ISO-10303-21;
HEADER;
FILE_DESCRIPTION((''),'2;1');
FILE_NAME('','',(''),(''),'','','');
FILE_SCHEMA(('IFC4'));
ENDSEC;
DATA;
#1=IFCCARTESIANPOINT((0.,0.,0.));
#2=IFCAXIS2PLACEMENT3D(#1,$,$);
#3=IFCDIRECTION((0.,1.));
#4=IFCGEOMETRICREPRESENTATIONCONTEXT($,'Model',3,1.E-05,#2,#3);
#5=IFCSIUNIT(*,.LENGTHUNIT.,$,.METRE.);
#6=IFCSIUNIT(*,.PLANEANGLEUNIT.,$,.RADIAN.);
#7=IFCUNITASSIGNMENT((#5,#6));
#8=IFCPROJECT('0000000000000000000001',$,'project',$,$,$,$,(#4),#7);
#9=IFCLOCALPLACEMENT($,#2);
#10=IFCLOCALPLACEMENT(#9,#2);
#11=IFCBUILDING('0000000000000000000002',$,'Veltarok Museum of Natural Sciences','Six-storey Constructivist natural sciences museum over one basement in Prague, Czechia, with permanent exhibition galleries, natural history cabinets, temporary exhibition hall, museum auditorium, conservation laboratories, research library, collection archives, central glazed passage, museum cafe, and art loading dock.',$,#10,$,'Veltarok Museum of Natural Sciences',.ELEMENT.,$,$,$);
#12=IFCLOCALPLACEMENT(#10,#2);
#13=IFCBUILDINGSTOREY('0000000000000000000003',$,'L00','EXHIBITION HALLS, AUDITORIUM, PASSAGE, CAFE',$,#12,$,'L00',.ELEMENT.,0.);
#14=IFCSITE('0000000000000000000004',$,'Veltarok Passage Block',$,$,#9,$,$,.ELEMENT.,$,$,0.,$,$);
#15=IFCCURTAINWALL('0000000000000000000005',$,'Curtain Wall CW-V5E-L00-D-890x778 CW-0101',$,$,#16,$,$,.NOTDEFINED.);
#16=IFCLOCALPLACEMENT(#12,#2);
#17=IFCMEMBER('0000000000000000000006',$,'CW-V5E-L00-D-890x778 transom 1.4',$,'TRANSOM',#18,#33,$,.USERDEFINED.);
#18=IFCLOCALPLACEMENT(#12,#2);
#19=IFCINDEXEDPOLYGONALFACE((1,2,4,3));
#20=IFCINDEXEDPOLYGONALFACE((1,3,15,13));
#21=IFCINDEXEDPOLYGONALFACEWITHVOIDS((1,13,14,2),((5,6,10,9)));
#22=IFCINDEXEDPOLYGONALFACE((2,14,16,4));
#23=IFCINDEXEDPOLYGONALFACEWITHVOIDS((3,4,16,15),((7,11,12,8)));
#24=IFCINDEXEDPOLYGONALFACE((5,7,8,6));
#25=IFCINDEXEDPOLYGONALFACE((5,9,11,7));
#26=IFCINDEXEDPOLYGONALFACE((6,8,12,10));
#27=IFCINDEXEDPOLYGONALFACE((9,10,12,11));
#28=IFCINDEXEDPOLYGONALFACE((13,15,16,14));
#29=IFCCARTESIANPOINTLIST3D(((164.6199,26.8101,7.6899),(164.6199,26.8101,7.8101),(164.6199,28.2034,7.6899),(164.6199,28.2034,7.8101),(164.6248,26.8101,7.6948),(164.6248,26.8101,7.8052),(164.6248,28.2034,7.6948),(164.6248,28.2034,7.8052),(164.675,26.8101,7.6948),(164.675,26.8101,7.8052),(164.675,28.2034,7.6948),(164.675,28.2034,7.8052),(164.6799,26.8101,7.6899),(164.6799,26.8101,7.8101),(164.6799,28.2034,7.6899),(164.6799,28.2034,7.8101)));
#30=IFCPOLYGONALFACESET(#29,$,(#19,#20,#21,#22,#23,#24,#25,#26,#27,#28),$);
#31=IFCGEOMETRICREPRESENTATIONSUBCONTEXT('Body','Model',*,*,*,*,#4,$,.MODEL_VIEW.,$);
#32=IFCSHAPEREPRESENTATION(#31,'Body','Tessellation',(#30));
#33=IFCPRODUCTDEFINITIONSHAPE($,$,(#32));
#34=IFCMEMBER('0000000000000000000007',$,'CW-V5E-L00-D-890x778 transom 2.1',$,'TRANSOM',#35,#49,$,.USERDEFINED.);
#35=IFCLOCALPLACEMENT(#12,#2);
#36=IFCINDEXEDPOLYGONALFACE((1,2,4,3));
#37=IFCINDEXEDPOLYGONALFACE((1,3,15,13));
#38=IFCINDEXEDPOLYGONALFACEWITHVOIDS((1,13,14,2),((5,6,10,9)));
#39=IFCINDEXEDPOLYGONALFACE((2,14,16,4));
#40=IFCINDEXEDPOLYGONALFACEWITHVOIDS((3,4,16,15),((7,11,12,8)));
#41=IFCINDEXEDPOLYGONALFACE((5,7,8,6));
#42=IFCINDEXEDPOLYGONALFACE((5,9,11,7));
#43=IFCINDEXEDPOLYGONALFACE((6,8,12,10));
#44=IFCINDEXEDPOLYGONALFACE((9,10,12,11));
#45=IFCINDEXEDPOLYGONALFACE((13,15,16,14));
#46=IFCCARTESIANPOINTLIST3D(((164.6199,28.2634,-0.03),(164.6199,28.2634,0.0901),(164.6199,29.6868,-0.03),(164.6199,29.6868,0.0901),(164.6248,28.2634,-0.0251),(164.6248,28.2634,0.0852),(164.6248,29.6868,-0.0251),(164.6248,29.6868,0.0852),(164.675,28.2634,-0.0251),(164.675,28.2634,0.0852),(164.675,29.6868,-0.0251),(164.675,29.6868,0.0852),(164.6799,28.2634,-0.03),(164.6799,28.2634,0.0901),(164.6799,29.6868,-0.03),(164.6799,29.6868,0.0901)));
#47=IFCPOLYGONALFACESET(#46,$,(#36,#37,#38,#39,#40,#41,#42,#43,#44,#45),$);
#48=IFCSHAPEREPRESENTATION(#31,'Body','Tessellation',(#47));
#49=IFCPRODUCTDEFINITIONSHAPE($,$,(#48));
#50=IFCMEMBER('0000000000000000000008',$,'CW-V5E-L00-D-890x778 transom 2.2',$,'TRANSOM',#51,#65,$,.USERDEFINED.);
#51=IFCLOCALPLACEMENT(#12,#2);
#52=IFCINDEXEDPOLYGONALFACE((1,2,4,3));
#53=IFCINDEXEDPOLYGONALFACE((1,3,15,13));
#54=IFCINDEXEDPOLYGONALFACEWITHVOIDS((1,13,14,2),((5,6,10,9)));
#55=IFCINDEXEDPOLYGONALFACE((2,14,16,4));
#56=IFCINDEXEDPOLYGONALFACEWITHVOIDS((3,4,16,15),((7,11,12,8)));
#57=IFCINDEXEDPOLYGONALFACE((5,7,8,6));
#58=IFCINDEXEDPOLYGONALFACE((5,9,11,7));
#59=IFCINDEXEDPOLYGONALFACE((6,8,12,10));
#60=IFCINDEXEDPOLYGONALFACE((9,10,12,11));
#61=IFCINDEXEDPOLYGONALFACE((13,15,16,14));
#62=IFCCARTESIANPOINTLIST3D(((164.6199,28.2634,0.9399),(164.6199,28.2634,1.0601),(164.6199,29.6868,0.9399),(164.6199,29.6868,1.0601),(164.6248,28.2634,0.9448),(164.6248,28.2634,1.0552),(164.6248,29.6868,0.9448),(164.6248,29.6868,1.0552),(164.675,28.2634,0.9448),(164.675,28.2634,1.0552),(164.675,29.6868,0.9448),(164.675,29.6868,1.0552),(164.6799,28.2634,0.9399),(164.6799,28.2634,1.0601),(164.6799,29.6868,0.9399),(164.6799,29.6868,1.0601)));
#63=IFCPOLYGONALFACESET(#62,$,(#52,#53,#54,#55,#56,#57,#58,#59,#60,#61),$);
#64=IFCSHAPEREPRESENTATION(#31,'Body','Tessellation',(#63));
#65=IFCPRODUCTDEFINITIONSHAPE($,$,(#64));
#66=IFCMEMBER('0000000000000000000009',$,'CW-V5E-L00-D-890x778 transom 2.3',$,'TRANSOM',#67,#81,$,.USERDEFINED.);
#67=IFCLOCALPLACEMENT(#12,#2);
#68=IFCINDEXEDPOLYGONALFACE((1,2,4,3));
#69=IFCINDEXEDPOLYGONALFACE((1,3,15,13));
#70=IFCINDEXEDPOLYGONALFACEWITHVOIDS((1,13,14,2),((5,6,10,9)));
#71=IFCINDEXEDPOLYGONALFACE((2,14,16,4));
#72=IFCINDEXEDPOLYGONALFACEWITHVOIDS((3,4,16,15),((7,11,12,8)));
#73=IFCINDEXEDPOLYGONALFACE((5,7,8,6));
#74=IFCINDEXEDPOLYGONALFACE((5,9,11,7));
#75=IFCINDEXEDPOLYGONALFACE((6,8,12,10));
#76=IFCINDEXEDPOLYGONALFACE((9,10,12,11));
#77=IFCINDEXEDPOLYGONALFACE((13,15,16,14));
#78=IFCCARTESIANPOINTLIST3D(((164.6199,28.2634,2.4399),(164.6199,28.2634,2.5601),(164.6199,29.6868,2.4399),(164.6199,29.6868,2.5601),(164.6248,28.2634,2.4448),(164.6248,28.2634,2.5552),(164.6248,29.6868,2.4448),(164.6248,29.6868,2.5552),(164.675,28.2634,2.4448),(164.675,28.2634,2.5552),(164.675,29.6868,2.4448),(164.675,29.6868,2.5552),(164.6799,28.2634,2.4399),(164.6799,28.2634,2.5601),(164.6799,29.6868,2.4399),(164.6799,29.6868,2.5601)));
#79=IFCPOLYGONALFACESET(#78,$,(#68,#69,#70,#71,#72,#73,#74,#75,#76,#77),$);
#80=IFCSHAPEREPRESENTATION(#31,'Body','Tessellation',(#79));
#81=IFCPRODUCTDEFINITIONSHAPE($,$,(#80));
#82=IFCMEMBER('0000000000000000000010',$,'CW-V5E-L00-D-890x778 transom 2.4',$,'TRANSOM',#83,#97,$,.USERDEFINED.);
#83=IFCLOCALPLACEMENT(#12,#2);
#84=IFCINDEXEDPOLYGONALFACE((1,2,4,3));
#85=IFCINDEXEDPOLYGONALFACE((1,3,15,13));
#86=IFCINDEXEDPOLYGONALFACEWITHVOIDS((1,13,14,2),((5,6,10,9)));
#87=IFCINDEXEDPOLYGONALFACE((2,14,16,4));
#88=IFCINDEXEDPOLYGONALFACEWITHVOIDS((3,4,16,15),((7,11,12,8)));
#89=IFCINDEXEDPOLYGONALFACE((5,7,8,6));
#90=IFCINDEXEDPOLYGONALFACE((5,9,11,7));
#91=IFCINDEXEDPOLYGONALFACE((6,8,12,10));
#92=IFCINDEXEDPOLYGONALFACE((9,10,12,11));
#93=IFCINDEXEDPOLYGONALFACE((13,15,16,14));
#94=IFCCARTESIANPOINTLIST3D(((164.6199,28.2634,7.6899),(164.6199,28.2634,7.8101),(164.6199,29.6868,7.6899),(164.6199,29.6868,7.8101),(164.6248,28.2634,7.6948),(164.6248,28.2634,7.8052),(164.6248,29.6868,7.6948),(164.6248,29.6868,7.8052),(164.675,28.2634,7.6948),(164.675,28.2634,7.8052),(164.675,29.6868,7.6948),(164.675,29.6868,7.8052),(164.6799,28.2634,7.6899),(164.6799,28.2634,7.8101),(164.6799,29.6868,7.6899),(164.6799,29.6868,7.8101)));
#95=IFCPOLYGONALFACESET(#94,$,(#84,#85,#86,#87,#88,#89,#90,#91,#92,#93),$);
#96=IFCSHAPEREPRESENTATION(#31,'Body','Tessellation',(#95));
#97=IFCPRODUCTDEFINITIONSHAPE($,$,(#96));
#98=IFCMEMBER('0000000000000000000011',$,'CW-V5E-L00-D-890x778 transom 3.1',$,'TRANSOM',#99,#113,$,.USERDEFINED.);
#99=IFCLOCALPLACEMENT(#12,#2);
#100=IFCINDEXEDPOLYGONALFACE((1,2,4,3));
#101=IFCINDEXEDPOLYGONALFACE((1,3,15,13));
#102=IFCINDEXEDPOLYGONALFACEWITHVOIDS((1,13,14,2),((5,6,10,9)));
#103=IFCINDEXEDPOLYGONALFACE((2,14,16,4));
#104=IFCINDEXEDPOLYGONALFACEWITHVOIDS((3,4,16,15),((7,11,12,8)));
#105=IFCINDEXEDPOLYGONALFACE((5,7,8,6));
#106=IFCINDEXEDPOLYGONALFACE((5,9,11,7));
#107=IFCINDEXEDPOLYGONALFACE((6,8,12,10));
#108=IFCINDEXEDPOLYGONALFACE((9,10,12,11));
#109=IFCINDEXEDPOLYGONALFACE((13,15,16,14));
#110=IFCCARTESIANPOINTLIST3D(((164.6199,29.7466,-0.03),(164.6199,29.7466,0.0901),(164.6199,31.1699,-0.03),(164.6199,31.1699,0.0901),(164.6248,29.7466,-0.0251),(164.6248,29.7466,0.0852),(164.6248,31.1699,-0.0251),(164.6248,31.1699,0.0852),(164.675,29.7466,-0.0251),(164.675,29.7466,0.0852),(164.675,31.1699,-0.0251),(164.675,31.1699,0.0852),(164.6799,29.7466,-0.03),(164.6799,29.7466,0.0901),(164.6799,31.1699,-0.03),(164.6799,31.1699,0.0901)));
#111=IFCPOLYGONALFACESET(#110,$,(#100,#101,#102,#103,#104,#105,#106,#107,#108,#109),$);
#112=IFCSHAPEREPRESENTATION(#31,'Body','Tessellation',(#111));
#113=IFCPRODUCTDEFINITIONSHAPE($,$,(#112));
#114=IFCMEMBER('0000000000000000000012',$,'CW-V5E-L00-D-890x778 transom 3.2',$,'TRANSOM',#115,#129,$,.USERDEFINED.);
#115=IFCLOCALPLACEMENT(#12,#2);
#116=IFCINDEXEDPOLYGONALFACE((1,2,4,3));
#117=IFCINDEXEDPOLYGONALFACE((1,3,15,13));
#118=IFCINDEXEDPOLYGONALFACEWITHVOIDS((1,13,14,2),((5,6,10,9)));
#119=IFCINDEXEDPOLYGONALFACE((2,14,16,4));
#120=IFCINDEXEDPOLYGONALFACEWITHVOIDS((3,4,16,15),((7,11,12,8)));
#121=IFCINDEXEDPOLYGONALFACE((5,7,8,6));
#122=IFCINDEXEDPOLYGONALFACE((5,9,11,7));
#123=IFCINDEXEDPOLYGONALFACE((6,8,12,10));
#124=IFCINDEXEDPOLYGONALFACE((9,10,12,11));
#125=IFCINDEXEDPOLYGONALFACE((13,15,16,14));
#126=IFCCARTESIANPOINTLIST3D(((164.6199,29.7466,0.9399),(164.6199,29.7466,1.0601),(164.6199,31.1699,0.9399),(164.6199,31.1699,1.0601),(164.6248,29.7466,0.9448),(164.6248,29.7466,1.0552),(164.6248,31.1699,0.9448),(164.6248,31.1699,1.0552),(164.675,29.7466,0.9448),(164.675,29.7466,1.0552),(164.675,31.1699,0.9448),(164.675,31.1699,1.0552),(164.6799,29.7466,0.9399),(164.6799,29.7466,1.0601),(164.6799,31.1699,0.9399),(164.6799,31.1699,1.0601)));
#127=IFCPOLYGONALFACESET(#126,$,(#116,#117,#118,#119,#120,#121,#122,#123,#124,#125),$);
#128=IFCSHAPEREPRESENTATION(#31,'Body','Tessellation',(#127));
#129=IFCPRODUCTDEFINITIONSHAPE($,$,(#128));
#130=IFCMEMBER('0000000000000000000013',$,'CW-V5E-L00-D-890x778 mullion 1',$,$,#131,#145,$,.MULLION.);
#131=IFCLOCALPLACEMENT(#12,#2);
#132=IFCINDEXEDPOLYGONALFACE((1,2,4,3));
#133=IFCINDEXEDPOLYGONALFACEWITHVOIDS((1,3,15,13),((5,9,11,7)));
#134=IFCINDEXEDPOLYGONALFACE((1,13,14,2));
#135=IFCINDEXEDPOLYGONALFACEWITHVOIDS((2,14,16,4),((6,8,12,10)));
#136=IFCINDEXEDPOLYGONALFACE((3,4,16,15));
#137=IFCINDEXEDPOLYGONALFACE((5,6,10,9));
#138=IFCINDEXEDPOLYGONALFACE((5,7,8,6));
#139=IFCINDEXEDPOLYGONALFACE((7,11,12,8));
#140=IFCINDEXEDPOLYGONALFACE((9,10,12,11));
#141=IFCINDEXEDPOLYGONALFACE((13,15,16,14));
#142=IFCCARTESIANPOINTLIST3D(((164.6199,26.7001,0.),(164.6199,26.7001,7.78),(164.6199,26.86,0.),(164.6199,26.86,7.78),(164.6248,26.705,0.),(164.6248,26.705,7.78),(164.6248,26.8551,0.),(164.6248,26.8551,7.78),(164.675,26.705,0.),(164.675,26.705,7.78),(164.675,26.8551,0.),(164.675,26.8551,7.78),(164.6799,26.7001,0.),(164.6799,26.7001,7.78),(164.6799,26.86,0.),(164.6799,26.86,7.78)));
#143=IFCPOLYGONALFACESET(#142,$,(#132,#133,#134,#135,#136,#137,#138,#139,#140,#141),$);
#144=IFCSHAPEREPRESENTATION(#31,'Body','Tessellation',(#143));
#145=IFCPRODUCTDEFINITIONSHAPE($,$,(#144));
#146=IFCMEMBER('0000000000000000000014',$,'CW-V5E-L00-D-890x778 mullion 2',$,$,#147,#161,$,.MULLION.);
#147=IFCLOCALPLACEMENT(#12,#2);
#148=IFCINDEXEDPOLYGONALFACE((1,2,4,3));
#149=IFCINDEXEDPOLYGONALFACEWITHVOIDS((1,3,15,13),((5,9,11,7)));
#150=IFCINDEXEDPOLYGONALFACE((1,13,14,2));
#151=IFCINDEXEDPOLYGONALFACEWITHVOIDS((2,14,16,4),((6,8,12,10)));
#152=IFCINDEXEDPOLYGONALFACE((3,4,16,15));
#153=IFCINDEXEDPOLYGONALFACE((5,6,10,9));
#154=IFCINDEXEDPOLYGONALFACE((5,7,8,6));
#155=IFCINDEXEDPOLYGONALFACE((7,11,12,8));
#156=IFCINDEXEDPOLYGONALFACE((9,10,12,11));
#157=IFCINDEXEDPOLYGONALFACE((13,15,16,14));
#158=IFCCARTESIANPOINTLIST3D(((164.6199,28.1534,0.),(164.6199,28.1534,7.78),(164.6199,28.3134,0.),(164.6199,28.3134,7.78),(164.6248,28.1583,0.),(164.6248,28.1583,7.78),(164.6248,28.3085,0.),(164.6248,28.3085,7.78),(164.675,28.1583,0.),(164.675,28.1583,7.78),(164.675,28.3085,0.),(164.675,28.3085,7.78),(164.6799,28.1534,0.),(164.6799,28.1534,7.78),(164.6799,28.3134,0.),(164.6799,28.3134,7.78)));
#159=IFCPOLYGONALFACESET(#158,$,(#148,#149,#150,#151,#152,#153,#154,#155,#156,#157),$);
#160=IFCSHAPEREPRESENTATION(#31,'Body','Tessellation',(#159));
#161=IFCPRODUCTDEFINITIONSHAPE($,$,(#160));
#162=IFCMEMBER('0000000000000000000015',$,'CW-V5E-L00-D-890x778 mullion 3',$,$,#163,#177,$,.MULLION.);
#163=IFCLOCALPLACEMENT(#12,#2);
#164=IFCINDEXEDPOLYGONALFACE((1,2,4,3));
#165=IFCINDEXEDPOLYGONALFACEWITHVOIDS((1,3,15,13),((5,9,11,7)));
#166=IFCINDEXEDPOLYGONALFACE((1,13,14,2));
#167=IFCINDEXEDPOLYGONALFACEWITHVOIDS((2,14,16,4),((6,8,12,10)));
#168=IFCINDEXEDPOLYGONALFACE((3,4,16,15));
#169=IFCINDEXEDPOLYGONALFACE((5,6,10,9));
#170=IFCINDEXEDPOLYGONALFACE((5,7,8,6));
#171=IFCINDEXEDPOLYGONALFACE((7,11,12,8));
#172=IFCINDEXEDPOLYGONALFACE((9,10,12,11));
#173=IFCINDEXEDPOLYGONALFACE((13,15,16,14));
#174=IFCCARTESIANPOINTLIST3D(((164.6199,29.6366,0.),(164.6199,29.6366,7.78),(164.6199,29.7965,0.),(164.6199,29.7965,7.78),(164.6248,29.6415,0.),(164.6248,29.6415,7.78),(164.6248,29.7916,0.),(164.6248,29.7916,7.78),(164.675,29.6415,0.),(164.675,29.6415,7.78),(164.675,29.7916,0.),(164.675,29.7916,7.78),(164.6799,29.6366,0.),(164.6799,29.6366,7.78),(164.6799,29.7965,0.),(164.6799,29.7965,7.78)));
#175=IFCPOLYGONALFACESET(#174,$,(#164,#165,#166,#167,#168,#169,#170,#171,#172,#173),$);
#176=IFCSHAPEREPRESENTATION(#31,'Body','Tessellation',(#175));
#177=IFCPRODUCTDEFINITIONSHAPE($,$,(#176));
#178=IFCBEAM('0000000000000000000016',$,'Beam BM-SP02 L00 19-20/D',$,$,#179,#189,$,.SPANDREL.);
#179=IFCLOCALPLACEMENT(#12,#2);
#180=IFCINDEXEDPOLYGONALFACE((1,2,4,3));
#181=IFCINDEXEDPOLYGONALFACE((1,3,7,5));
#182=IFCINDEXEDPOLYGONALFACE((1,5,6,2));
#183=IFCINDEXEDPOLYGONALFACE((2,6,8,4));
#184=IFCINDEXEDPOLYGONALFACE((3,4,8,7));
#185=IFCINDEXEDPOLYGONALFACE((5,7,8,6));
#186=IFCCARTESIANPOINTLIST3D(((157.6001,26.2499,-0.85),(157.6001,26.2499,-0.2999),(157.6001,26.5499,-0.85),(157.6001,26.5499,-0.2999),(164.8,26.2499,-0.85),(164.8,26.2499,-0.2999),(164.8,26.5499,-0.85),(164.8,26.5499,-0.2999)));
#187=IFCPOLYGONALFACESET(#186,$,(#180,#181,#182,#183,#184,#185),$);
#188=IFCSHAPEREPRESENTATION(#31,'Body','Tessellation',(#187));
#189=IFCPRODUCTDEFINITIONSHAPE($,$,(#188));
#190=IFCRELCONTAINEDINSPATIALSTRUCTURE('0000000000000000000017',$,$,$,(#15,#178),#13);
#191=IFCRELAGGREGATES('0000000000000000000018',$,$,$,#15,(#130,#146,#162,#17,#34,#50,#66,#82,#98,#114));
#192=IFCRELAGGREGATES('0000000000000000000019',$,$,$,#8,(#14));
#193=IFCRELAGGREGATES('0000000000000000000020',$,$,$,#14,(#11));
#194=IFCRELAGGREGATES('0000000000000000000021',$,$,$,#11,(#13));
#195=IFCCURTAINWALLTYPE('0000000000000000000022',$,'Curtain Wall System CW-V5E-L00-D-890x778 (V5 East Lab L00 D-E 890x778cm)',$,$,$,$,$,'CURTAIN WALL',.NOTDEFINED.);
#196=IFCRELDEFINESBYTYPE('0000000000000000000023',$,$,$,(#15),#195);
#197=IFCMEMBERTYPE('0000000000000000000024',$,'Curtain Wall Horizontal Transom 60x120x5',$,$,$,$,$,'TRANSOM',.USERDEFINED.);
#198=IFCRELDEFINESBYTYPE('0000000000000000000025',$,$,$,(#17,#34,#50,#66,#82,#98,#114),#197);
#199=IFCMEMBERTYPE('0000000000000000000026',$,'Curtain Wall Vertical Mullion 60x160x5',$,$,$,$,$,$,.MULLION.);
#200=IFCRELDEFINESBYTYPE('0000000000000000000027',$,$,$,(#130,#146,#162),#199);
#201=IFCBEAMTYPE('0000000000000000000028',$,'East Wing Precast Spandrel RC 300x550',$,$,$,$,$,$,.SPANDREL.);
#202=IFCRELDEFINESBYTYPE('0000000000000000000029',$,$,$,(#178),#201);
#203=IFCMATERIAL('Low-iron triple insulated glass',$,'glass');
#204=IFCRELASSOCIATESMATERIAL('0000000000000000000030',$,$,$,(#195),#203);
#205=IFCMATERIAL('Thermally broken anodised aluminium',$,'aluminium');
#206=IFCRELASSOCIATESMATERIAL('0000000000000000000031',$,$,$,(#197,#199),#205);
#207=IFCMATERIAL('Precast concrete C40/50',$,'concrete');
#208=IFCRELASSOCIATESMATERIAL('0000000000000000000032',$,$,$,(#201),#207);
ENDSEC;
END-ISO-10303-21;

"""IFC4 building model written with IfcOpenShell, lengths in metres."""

from ifc_helpers import new_model, si_unit, direction, frame, origin, origin_2d, place, context, subcontext, project, spatial, rectangle, hollow_rectangle, extrude, material, material_profile, profile_set, type_object, element, aggregate, save


model = new_model("IFC4")

# Units and contexts
model_context = context("Model", 3, precision=1e-05, world=origin(), true_north=direction((0.0, 1.0)))
body_context = subcontext(model_context, "Body", "Model", "MODEL_VIEW")
ifc_project = project(units=[si_unit("LENGTHUNIT", "METRE"), si_unit("PLANEANGLEUNIT", "RADIAN")], contexts=[model_context])

# Site, building, storey
site_placement = place(None, origin())
site = spatial("IfcSite", under=ifc_project, at=site_placement, Name="Veltarok Passage Block", CompositionType="ELEMENT", RefElevation=0.0)
building_placement = place(site_placement, origin())
building = spatial("IfcBuilding", under=site, at=building_placement, Name="Veltarok Museum of Natural Sciences", Description="Six-storey Constructivist natural sciences museum over one basement in Prague, Czechia, with permanent exhibition galleries, natural history cabinets, temporary exhibition hall, museum auditorium, conservation laboratories, research library, collection archives, central glazed passage, museum cafe, and art loading dock.", LongName="Veltarok Museum of Natural Sciences", CompositionType="ELEMENT")
storey_placement = place(building_placement, origin())
storey = spatial("IfcBuildingStorey", under=building, at=storey_placement, Name="L00", Description="EXHIBITION HALLS, AUDITORIUM, PASSAGE, CAFE", LongName="L00", CompositionType="ELEMENT", Elevation=0.0)

# Curtain wall, members
ifc_material_1 = material(Name="Low-iron triple insulated glass", Category="glass")
curtain_wall_type = type_object("IfcCurtainWallType", Name="Curtain Wall System CW-V5E-L00-D-890x778 (V5 East Lab L00 D-E 890x778cm)", ElementType="CURTAIN WALL", PredefinedType="NOTDEFINED", material=ifc_material_1)
curtain_wall_placement = place(storey_placement, origin())
curtain_wall = element("IfcCurtainWall", 1, at=curtain_wall_placement, inside=storey, type_object=curtain_wall_type, Name="Curtain Wall CW-V5E-L00-D-890x778 CW-0101", PredefinedType="NOTDEFINED")
ifc_material_2 = material(Name="Thermally broken anodised aluminium", Category="aluminium")
ifc_material_profile_1 = material_profile(ifc_material_2, hollow_rectangle(XDim=0.0601, YDim=0.1201, WallThickness=0.0049, at=origin_2d()), Name="CW TRANSOM 60x120x5")
ifc_profile_set_1 = profile_set([ifc_material_profile_1], Name="Thermally broken anodised aluminium")
member_type_1 = type_object("IfcMemberType", Name="Curtain Wall Horizontal Transom 60x120x5", ElementType="TRANSOM", PredefinedType="USERDEFINED", material=ifc_profile_set_1)
member_1_placement = place(storey_placement, frame((164.6499, 26.8101, 7.75), z_axis=(0.0, 1.0, 0.0), x_axis=(-1.0, 0.0, 0.0)))
member_1 = element("IfcMember", 2, at=member_1_placement, type_object=member_type_1, Name="CW-V5E-L00-D-890x778 transom 1.4", ObjectType="TRANSOM", PredefinedType="USERDEFINED", context=body_context, shape_type="SweptSolid", body=[
    extrude(hollow_rectangle(XDim=0.0601, YDim=0.1201, WallThickness=0.0049, at=origin_2d()), origin(), (0.0, 0.0, 1.0), 1.3933),
])
member_2_placement = place(storey_placement, frame((164.6499, 28.2634, 0.03), z_axis=(0.0, 1.0, 0.0), x_axis=(-1.0, 0.0, 0.0)))
member_2 = element("IfcMember", 3, at=member_2_placement, type_object=member_type_1, Name="CW-V5E-L00-D-890x778 transom 2.1", ObjectType="TRANSOM", PredefinedType="USERDEFINED", context=body_context, shape_type="SweptSolid", body=[
    extrude(hollow_rectangle(XDim=0.0601, YDim=0.1201, WallThickness=0.0049, at=origin_2d()), origin(), (0.0, 0.0, 1.0), 1.4233),
])
member_3_placement = place(storey_placement, frame((164.6499, 28.2634, 1.0), z_axis=(0.0, 1.0, 0.0), x_axis=(-1.0, 0.0, 0.0)))
member_3 = element("IfcMember", 4, at=member_3_placement, type_object=member_type_1, Name="CW-V5E-L00-D-890x778 transom 2.2", ObjectType="TRANSOM", PredefinedType="USERDEFINED", context=body_context, shape_type="SweptSolid", body=[
    extrude(hollow_rectangle(XDim=0.0601, YDim=0.1201, WallThickness=0.0049, at=origin_2d()), origin(), (0.0, 0.0, 1.0), 1.4233),
])
member_4_placement = place(storey_placement, frame((164.6499, 28.2634, 2.5), z_axis=(0.0, 1.0, 0.0), x_axis=(-1.0, 0.0, 0.0)))
member_4 = element("IfcMember", 5, at=member_4_placement, type_object=member_type_1, Name="CW-V5E-L00-D-890x778 transom 2.3", ObjectType="TRANSOM", PredefinedType="USERDEFINED", context=body_context, shape_type="SweptSolid", body=[
    extrude(hollow_rectangle(XDim=0.0601, YDim=0.1201, WallThickness=0.0049, at=origin_2d()), origin(), (0.0, 0.0, 1.0), 1.4233),
])
member_5_placement = place(storey_placement, frame((164.6499, 28.2634, 7.75), z_axis=(0.0, 1.0, 0.0), x_axis=(-1.0, 0.0, 0.0)))
member_5 = element("IfcMember", 6, at=member_5_placement, type_object=member_type_1, Name="CW-V5E-L00-D-890x778 transom 2.4", ObjectType="TRANSOM", PredefinedType="USERDEFINED", context=body_context, shape_type="SweptSolid", body=[
    extrude(hollow_rectangle(XDim=0.0601, YDim=0.1201, WallThickness=0.0049, at=origin_2d()), origin(), (0.0, 0.0, 1.0), 1.4233),
])
member_6_placement = place(storey_placement, frame((164.6499, 29.7466, 0.03), z_axis=(0.0, 1.0, 0.0), x_axis=(-1.0, 0.0, 0.0)))
member_6 = element("IfcMember", 7, at=member_6_placement, type_object=member_type_1, Name="CW-V5E-L00-D-890x778 transom 3.1", ObjectType="TRANSOM", PredefinedType="USERDEFINED", context=body_context, shape_type="SweptSolid", body=[
    extrude(hollow_rectangle(XDim=0.0601, YDim=0.1201, WallThickness=0.0049, at=origin_2d()), origin(), (0.0, 0.0, 1.0), 1.4233),
])
member_7_placement = place(storey_placement, frame((164.6499, 29.7466, 1.0), z_axis=(0.0, 1.0, 0.0), x_axis=(-1.0, 0.0, 0.0)))
member_7 = element("IfcMember", 8, at=member_7_placement, type_object=member_type_1, Name="CW-V5E-L00-D-890x778 transom 3.2", ObjectType="TRANSOM", PredefinedType="USERDEFINED", context=body_context, shape_type="SweptSolid", body=[
    extrude(hollow_rectangle(XDim=0.0601, YDim=0.1201, WallThickness=0.0049, at=origin_2d()), origin(), (0.0, 0.0, 1.0), 1.4233),
])
ifc_material_profile_2 = material_profile(ifc_material_2, hollow_rectangle(XDim=0.0601, YDim=0.1599, WallThickness=0.0049, at=origin_2d()), Name="CW MULLION 60x160x5")
ifc_profile_set_2 = profile_set([ifc_material_profile_2], Name="Thermally broken anodised aluminium")
member_type_2 = type_object("IfcMemberType", Name="Curtain Wall Vertical Mullion 60x160x5", PredefinedType="MULLION", material=ifc_profile_set_2)
member_8_placement = place(storey_placement, frame((164.6499, 26.78, 0.0), z_axis=(0.0, 0.0, 1.0), x_axis=(-1.0, 0.0, 0.0)))
member_8 = element("IfcMember", 9, at=member_8_placement, type_object=member_type_2, Name="CW-V5E-L00-D-890x778 mullion 1", PredefinedType="MULLION", context=body_context, shape_type="SweptSolid", body=[
    extrude(hollow_rectangle(XDim=0.0601, YDim=0.1599, WallThickness=0.0049, at=origin_2d()), origin(), (0.0, 0.0, 1.0), 7.78),
])
member_9_placement = place(storey_placement, frame((164.6499, 28.2334, 0.0), z_axis=(0.0, 0.0, 1.0), x_axis=(-1.0, 0.0, 0.0)))
member_9 = element("IfcMember", 10, at=member_9_placement, type_object=member_type_2, Name="CW-V5E-L00-D-890x778 mullion 2", PredefinedType="MULLION", context=body_context, shape_type="SweptSolid", body=[
    extrude(hollow_rectangle(XDim=0.0601, YDim=0.1599, WallThickness=0.0049, at=origin_2d()), origin(), (0.0, 0.0, 1.0), 7.78),
])
member_10_placement = place(storey_placement, frame((164.6499, 29.7166, 0.0), z_axis=(0.0, 0.0, 1.0), x_axis=(-1.0, 0.0, 0.0)))
member_10 = element("IfcMember", 11, at=member_10_placement, type_object=member_type_2, Name="CW-V5E-L00-D-890x778 mullion 3", PredefinedType="MULLION", context=body_context, shape_type="SweptSolid", body=[
    extrude(hollow_rectangle(XDim=0.0601, YDim=0.1599, WallThickness=0.0049, at=origin_2d()), origin(), (0.0, 0.0, 1.0), 7.78),
])

# Beam
ifc_material_3 = material(Name="Precast concrete C40/50", Category="concrete")
ifc_material_profile_3 = material_profile(ifc_material_3, rectangle(XDim=0.3, YDim=0.55, at=origin_2d()), Name="RC 300x550")
ifc_profile_set_3 = profile_set([ifc_material_profile_3], Name="Precast concrete C40/50")
beam_type_1 = type_object("IfcBeamType", Name="East Wing Precast Spandrel RC 300x550", PredefinedType="SPANDREL", material=ifc_profile_set_3)
for number, where, z_axis, x_axis, name in (
    (12, (157.6001, 26.3999, -0.575), (1.0, 0.0, 0.0), (0.0, 1.0, 0.0), "Beam BM-SP02 L00 19-20/D"),
):
    element("IfcBeam", number, at=place(storey_placement, frame(where, z_axis=z_axis, x_axis=x_axis)), inside=storey, type_object=beam_type_1, Name=name, PredefinedType="SPANDREL", context=body_context, shape_type="SweptSolid", body=[
        extrude(rectangle(XDim=0.3, YDim=0.55, at=origin_2d()), origin(), (0.0, 0.0, 1.0), 7.2),
    ])

aggregate(curtain_wall, [member_8, member_9, member_10, member_1, member_2, member_3, member_4, member_5, member_6, member_7])

save(model, "model.ifc")
